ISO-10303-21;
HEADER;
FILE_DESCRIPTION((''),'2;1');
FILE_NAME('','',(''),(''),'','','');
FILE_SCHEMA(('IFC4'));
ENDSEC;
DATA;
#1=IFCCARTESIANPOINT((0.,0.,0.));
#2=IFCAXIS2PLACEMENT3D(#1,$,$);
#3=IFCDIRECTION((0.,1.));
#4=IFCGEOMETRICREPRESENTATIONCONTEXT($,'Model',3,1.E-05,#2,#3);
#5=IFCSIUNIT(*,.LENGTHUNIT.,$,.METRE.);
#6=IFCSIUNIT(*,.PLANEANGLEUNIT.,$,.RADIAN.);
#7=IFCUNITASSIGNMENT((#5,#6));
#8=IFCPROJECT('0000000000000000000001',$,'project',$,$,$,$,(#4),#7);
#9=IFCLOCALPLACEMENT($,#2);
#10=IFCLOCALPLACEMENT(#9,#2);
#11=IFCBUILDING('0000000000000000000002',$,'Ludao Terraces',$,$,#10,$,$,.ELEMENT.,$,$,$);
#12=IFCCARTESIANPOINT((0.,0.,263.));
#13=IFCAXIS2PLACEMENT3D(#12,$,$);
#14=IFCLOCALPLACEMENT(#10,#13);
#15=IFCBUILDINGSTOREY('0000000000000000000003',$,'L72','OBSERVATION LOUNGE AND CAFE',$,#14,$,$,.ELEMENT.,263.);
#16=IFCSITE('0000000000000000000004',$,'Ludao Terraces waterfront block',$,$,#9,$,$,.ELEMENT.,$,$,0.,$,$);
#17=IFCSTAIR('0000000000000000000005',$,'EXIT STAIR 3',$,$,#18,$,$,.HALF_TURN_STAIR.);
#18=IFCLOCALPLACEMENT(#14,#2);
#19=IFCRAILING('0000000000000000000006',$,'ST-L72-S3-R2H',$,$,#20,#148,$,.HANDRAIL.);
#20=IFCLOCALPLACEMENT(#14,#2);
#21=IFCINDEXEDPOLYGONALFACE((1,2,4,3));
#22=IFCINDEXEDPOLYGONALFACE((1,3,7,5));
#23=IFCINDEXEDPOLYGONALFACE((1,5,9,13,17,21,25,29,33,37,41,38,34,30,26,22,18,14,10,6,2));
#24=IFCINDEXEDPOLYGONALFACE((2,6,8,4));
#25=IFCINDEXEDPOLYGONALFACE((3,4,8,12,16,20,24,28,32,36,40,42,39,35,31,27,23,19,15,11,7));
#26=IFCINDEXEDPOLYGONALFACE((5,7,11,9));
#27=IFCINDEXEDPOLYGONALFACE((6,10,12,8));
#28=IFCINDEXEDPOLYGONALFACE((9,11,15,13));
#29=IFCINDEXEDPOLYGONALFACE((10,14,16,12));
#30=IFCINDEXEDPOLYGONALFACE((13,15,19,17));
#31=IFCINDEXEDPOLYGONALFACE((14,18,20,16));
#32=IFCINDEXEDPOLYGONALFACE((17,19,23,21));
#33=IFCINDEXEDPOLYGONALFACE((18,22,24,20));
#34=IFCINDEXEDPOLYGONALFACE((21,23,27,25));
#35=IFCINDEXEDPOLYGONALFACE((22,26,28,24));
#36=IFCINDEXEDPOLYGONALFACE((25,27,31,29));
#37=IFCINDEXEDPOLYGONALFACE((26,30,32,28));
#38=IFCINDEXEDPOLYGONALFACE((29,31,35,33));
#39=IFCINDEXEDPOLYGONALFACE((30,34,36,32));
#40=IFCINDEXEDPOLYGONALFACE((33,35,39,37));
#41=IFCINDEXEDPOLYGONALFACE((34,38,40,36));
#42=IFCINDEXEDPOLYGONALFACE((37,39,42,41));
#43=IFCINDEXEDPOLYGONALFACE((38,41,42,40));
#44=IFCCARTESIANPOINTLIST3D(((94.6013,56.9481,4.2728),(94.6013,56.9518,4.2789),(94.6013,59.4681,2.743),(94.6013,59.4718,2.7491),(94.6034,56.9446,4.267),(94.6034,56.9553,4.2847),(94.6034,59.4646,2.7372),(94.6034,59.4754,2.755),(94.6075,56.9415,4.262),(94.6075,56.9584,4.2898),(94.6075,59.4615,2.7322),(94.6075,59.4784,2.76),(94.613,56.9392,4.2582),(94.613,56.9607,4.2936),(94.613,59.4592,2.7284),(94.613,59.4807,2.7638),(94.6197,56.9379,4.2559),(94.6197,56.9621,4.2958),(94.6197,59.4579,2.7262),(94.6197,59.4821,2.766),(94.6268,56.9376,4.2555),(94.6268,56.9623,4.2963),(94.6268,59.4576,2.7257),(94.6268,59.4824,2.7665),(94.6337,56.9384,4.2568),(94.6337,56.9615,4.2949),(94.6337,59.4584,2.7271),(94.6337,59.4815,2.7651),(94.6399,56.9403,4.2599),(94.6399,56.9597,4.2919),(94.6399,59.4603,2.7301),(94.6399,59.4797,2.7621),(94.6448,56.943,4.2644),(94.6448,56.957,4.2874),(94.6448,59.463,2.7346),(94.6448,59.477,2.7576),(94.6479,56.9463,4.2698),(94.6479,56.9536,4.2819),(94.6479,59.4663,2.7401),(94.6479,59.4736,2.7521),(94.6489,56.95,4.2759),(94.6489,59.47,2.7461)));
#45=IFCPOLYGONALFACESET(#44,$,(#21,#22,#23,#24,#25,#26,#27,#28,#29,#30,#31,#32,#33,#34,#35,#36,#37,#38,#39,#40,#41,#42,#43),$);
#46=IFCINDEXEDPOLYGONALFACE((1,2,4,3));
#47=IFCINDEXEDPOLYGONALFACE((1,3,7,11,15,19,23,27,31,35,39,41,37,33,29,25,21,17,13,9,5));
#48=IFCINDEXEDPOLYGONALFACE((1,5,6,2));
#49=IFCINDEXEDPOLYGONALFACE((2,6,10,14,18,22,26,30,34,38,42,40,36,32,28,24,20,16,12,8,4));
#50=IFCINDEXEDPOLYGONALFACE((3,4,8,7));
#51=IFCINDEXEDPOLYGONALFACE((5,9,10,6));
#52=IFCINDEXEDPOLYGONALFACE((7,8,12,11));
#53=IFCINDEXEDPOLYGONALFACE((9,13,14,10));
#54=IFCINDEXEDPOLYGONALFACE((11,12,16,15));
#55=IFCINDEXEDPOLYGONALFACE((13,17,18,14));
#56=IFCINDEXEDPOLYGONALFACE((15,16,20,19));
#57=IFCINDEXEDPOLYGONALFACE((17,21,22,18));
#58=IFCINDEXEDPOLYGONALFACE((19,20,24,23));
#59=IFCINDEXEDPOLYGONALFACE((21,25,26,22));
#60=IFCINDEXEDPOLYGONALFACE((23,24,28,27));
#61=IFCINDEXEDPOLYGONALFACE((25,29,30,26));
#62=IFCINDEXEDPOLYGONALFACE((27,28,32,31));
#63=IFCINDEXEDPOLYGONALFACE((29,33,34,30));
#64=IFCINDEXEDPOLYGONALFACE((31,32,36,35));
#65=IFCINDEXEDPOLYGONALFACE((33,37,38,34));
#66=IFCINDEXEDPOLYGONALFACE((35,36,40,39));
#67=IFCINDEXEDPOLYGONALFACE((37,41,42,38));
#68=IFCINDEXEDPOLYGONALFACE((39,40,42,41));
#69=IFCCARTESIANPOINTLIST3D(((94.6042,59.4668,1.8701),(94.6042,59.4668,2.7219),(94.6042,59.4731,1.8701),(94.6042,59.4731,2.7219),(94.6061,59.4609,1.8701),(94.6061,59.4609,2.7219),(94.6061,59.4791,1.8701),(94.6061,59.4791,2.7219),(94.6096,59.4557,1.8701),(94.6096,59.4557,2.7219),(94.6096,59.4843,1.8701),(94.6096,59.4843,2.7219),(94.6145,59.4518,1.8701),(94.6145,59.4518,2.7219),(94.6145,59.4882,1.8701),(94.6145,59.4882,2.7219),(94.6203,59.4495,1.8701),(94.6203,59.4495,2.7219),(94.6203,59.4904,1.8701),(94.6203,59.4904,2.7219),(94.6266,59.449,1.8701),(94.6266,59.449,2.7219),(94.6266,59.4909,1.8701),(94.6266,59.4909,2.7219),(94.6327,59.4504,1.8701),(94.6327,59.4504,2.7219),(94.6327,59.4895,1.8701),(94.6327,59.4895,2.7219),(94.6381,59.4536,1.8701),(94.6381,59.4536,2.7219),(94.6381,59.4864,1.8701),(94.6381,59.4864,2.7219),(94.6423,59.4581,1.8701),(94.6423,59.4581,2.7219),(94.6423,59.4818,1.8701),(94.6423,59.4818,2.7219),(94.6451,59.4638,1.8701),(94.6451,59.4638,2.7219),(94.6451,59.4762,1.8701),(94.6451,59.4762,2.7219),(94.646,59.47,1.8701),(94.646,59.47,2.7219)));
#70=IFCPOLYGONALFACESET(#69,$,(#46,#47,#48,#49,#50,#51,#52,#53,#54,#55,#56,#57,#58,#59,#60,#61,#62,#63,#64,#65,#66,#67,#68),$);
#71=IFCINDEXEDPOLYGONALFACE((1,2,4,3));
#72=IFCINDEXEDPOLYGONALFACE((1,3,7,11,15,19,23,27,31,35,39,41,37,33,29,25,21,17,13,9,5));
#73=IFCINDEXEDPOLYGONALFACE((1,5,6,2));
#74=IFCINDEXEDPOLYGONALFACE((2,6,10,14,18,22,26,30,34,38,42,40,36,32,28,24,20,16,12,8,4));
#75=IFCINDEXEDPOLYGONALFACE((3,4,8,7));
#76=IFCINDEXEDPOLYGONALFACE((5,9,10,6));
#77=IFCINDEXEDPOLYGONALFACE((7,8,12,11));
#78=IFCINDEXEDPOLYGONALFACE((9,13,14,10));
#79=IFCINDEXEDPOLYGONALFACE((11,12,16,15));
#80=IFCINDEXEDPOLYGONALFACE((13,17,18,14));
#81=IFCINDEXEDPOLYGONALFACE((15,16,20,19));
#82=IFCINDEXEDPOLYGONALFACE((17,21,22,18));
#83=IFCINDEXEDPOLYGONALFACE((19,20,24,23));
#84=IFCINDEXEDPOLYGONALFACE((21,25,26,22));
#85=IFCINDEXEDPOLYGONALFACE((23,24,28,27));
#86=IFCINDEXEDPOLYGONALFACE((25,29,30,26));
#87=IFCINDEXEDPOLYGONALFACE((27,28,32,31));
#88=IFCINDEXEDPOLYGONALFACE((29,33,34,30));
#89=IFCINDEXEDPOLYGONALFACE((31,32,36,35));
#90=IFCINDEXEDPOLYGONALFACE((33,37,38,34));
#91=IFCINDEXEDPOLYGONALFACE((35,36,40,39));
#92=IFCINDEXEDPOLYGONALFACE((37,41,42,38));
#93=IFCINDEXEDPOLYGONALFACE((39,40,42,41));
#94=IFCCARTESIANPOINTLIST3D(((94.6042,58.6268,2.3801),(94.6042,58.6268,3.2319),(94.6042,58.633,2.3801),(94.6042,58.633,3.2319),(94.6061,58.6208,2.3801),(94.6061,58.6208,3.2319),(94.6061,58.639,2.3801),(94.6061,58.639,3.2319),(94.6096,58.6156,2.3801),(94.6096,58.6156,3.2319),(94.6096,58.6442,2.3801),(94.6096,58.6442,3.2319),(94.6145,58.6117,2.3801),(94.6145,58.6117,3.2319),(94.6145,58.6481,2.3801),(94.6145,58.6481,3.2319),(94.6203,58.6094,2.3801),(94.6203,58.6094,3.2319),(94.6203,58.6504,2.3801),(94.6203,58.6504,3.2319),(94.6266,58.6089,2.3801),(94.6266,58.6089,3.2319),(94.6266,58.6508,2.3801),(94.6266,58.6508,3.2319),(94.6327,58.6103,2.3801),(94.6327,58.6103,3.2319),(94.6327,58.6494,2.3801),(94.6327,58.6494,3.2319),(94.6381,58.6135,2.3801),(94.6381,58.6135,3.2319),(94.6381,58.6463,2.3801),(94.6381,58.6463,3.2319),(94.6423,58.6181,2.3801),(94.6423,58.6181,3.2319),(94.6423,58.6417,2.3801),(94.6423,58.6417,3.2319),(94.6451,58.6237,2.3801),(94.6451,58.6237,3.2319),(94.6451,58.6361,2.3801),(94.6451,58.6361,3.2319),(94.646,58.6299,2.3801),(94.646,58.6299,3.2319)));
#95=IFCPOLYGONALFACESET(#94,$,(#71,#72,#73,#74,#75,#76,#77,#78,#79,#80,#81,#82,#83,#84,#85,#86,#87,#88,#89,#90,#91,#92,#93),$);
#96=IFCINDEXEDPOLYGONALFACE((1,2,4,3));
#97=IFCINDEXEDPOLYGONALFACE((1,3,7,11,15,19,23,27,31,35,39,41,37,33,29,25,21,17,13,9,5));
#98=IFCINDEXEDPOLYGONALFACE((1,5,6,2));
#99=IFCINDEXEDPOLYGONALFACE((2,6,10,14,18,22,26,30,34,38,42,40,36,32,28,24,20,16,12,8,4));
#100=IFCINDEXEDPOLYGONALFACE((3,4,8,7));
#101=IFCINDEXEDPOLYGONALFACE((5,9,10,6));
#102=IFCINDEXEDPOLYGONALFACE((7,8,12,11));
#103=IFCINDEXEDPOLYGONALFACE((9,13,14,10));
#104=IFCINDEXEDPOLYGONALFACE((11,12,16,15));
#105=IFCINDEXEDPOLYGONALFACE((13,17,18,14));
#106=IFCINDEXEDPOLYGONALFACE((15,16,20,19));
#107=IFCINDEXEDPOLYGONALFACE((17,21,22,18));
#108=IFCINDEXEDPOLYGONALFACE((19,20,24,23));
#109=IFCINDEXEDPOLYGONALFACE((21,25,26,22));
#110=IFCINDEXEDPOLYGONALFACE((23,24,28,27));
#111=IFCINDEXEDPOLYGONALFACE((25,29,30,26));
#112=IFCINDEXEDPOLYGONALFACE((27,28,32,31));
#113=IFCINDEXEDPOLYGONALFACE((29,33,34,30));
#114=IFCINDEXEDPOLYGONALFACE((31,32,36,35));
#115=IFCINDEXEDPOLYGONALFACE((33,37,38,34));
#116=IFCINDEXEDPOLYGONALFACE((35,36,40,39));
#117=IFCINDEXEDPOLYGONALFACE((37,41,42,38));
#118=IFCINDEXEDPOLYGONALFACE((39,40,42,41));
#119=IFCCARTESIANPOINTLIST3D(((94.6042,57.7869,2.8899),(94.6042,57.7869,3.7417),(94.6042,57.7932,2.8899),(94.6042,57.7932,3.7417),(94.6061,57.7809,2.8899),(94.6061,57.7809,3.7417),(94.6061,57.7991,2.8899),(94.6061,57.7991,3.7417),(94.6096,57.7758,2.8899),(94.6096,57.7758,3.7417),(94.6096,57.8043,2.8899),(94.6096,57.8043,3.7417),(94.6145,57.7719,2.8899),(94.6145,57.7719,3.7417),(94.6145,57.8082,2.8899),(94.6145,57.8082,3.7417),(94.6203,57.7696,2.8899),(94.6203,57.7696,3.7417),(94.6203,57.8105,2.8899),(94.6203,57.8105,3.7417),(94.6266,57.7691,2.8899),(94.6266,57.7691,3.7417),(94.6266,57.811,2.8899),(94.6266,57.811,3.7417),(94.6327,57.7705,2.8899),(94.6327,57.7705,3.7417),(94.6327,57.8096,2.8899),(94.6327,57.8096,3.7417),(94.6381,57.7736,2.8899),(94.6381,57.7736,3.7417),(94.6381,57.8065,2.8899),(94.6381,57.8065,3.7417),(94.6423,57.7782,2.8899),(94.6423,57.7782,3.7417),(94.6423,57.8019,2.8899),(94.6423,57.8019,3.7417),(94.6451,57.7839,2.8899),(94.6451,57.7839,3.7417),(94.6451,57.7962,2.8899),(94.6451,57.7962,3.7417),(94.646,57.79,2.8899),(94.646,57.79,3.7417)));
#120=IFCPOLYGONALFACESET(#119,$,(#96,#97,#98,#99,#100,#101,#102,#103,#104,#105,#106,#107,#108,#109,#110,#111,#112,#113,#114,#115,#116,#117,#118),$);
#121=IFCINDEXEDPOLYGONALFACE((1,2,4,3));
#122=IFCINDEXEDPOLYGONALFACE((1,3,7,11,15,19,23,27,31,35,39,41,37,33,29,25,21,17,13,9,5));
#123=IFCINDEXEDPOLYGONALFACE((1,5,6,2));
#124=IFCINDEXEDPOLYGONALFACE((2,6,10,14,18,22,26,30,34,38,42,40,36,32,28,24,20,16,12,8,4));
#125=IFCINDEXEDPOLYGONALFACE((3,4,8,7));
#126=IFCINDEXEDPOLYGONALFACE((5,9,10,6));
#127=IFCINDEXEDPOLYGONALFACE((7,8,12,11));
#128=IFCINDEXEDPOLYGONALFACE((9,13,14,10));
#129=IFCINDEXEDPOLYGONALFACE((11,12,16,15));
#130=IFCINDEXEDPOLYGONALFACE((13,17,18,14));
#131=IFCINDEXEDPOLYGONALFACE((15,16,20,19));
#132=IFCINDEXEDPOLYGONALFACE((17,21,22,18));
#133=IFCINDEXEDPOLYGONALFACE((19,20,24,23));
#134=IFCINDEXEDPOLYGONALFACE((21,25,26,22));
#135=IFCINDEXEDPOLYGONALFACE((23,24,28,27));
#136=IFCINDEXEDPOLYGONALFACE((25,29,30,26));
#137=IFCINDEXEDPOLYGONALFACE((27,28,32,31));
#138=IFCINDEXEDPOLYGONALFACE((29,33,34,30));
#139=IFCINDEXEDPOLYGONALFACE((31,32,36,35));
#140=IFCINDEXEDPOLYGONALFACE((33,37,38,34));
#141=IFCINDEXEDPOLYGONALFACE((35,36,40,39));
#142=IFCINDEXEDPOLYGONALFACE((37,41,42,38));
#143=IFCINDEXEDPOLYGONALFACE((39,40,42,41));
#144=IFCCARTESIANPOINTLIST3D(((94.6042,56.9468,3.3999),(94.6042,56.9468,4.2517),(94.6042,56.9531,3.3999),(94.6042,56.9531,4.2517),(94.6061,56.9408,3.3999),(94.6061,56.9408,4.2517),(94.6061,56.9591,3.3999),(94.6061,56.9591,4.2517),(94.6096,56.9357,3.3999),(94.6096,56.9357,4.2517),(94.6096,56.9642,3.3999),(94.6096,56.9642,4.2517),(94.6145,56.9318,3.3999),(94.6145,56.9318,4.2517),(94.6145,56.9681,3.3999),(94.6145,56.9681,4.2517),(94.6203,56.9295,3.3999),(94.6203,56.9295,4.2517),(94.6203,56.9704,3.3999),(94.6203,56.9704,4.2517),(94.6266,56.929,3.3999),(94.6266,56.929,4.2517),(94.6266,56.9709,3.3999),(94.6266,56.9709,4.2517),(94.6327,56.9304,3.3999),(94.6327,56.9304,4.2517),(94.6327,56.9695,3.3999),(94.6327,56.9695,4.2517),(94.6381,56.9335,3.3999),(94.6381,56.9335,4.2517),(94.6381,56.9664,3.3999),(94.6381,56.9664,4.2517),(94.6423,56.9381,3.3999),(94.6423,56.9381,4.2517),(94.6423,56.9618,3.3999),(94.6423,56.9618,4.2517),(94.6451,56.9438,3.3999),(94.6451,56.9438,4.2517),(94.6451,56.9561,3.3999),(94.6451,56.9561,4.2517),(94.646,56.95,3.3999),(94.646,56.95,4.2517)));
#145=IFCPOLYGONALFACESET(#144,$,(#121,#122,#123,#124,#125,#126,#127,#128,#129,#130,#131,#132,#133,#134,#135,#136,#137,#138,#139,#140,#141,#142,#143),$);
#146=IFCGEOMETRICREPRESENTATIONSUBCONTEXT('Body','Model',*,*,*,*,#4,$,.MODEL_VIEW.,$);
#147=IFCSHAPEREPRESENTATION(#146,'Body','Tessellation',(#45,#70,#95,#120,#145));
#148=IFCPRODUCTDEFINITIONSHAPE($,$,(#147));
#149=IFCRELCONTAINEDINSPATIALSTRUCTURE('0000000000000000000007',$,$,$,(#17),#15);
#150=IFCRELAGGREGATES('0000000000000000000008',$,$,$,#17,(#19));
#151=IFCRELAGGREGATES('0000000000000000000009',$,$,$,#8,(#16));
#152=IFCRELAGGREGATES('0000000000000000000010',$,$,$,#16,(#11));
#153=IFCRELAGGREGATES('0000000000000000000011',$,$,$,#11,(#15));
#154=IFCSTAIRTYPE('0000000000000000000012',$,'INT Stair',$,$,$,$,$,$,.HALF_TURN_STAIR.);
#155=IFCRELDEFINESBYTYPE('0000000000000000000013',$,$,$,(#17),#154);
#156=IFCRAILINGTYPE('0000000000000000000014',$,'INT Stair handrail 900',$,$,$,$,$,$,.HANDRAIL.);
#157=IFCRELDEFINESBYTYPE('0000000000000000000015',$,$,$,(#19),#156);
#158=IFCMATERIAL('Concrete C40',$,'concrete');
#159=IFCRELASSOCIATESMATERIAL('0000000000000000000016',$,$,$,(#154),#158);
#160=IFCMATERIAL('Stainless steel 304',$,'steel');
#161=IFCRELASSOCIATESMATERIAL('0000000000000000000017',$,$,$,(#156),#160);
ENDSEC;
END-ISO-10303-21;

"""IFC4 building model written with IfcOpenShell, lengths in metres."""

from ifc_helpers import new_model, si_unit, direction, frame, origin, origin_2d, place, context, subcontext, project, spatial, circle, extrude, material, type_object, element, aggregate, save


model = new_model("IFC4")

# Units and contexts
model_context = context("Model", 3, precision=1e-05, world=origin(), true_north=direction((0.0, 1.0)))
body_context = subcontext(model_context, "Body", "Model", "MODEL_VIEW")
ifc_project = project(units=[si_unit("LENGTHUNIT", "METRE"), si_unit("PLANEANGLEUNIT", "RADIAN")], contexts=[model_context])

# Site, building, storey
site_placement = place(None, origin())
site = spatial("IfcSite", under=ifc_project, at=site_placement, Name="Ludao Terraces waterfront block", CompositionType="ELEMENT", RefElevation=0.0)
building_placement = place(site_placement, origin())
building = spatial("IfcBuilding", under=site, at=building_placement, Name="Ludao Terraces", CompositionType="ELEMENT")
storey_placement = place(building_placement, frame((0.0, 0.0, 263.0)))
storey = spatial("IfcBuildingStorey", under=building, at=storey_placement, Name="L72", Description="OBSERVATION LOUNGE AND CAFE", CompositionType="ELEMENT", Elevation=263.0)

# Shared definitions
ifc_material_1 = material(Name="Concrete C40", Category="concrete")

# Stair, railing
stair_type = type_object("IfcStairType", Name="INT Stair", PredefinedType="HALF_TURN_STAIR", material=ifc_material_1)
stair_placement = place(storey_placement, origin())
stair = element("IfcStair", 1, at=stair_placement, inside=storey, type_object=stair_type, Name="EXIT STAIR 3", PredefinedType="HALF_TURN_STAIR")
ifc_material_2 = material(Name="Stainless steel 304", Category="steel")
railing_type_1 = type_object("IfcRailingType", Name="INT Stair handrail 900", PredefinedType="HANDRAIL", material=ifc_material_2)
railing_1_placement = place(storey_placement, frame((94.625, 59.47, 1.8701)))
railing_1 = element("IfcRailing", 2, at=railing_1_placement, type_object=railing_type_1, Name="ST-L72-S3-R2H", PredefinedType="HANDRAIL", context=body_context, shape_type="SweptSolid", body=[
    extrude(circle(Radius=0.0239, at=origin_2d()), frame((0.0, 0.0, 0.876), z_axis=(0.0, -0.854822, 0.518922), x_axis=(1.0, 0.0, 0.0)), (0.0, 0.0, 1.0), 2.948),
    extrude(circle(Radius=0.021, at=origin_2d()), origin(), (0.0, 0.0, 1.0), 0.8518),
    extrude(circle(Radius=0.021, at=origin_2d()), frame((0.0, -0.8401, 0.51)), (0.0, 0.0, 1.0), 0.8518),
    extrude(circle(Radius=0.021, at=origin_2d()), frame((0.0, -1.6799, 1.0198)), (0.0, 0.0, 1.0), 0.8518),
    extrude(circle(Radius=0.021, at=origin_2d()), frame((0.0, -2.52, 1.5298)), (0.0, 0.0, 1.0), 0.8518),
])
aggregate(stair, [railing_1])

save(model, "model.ifc")
